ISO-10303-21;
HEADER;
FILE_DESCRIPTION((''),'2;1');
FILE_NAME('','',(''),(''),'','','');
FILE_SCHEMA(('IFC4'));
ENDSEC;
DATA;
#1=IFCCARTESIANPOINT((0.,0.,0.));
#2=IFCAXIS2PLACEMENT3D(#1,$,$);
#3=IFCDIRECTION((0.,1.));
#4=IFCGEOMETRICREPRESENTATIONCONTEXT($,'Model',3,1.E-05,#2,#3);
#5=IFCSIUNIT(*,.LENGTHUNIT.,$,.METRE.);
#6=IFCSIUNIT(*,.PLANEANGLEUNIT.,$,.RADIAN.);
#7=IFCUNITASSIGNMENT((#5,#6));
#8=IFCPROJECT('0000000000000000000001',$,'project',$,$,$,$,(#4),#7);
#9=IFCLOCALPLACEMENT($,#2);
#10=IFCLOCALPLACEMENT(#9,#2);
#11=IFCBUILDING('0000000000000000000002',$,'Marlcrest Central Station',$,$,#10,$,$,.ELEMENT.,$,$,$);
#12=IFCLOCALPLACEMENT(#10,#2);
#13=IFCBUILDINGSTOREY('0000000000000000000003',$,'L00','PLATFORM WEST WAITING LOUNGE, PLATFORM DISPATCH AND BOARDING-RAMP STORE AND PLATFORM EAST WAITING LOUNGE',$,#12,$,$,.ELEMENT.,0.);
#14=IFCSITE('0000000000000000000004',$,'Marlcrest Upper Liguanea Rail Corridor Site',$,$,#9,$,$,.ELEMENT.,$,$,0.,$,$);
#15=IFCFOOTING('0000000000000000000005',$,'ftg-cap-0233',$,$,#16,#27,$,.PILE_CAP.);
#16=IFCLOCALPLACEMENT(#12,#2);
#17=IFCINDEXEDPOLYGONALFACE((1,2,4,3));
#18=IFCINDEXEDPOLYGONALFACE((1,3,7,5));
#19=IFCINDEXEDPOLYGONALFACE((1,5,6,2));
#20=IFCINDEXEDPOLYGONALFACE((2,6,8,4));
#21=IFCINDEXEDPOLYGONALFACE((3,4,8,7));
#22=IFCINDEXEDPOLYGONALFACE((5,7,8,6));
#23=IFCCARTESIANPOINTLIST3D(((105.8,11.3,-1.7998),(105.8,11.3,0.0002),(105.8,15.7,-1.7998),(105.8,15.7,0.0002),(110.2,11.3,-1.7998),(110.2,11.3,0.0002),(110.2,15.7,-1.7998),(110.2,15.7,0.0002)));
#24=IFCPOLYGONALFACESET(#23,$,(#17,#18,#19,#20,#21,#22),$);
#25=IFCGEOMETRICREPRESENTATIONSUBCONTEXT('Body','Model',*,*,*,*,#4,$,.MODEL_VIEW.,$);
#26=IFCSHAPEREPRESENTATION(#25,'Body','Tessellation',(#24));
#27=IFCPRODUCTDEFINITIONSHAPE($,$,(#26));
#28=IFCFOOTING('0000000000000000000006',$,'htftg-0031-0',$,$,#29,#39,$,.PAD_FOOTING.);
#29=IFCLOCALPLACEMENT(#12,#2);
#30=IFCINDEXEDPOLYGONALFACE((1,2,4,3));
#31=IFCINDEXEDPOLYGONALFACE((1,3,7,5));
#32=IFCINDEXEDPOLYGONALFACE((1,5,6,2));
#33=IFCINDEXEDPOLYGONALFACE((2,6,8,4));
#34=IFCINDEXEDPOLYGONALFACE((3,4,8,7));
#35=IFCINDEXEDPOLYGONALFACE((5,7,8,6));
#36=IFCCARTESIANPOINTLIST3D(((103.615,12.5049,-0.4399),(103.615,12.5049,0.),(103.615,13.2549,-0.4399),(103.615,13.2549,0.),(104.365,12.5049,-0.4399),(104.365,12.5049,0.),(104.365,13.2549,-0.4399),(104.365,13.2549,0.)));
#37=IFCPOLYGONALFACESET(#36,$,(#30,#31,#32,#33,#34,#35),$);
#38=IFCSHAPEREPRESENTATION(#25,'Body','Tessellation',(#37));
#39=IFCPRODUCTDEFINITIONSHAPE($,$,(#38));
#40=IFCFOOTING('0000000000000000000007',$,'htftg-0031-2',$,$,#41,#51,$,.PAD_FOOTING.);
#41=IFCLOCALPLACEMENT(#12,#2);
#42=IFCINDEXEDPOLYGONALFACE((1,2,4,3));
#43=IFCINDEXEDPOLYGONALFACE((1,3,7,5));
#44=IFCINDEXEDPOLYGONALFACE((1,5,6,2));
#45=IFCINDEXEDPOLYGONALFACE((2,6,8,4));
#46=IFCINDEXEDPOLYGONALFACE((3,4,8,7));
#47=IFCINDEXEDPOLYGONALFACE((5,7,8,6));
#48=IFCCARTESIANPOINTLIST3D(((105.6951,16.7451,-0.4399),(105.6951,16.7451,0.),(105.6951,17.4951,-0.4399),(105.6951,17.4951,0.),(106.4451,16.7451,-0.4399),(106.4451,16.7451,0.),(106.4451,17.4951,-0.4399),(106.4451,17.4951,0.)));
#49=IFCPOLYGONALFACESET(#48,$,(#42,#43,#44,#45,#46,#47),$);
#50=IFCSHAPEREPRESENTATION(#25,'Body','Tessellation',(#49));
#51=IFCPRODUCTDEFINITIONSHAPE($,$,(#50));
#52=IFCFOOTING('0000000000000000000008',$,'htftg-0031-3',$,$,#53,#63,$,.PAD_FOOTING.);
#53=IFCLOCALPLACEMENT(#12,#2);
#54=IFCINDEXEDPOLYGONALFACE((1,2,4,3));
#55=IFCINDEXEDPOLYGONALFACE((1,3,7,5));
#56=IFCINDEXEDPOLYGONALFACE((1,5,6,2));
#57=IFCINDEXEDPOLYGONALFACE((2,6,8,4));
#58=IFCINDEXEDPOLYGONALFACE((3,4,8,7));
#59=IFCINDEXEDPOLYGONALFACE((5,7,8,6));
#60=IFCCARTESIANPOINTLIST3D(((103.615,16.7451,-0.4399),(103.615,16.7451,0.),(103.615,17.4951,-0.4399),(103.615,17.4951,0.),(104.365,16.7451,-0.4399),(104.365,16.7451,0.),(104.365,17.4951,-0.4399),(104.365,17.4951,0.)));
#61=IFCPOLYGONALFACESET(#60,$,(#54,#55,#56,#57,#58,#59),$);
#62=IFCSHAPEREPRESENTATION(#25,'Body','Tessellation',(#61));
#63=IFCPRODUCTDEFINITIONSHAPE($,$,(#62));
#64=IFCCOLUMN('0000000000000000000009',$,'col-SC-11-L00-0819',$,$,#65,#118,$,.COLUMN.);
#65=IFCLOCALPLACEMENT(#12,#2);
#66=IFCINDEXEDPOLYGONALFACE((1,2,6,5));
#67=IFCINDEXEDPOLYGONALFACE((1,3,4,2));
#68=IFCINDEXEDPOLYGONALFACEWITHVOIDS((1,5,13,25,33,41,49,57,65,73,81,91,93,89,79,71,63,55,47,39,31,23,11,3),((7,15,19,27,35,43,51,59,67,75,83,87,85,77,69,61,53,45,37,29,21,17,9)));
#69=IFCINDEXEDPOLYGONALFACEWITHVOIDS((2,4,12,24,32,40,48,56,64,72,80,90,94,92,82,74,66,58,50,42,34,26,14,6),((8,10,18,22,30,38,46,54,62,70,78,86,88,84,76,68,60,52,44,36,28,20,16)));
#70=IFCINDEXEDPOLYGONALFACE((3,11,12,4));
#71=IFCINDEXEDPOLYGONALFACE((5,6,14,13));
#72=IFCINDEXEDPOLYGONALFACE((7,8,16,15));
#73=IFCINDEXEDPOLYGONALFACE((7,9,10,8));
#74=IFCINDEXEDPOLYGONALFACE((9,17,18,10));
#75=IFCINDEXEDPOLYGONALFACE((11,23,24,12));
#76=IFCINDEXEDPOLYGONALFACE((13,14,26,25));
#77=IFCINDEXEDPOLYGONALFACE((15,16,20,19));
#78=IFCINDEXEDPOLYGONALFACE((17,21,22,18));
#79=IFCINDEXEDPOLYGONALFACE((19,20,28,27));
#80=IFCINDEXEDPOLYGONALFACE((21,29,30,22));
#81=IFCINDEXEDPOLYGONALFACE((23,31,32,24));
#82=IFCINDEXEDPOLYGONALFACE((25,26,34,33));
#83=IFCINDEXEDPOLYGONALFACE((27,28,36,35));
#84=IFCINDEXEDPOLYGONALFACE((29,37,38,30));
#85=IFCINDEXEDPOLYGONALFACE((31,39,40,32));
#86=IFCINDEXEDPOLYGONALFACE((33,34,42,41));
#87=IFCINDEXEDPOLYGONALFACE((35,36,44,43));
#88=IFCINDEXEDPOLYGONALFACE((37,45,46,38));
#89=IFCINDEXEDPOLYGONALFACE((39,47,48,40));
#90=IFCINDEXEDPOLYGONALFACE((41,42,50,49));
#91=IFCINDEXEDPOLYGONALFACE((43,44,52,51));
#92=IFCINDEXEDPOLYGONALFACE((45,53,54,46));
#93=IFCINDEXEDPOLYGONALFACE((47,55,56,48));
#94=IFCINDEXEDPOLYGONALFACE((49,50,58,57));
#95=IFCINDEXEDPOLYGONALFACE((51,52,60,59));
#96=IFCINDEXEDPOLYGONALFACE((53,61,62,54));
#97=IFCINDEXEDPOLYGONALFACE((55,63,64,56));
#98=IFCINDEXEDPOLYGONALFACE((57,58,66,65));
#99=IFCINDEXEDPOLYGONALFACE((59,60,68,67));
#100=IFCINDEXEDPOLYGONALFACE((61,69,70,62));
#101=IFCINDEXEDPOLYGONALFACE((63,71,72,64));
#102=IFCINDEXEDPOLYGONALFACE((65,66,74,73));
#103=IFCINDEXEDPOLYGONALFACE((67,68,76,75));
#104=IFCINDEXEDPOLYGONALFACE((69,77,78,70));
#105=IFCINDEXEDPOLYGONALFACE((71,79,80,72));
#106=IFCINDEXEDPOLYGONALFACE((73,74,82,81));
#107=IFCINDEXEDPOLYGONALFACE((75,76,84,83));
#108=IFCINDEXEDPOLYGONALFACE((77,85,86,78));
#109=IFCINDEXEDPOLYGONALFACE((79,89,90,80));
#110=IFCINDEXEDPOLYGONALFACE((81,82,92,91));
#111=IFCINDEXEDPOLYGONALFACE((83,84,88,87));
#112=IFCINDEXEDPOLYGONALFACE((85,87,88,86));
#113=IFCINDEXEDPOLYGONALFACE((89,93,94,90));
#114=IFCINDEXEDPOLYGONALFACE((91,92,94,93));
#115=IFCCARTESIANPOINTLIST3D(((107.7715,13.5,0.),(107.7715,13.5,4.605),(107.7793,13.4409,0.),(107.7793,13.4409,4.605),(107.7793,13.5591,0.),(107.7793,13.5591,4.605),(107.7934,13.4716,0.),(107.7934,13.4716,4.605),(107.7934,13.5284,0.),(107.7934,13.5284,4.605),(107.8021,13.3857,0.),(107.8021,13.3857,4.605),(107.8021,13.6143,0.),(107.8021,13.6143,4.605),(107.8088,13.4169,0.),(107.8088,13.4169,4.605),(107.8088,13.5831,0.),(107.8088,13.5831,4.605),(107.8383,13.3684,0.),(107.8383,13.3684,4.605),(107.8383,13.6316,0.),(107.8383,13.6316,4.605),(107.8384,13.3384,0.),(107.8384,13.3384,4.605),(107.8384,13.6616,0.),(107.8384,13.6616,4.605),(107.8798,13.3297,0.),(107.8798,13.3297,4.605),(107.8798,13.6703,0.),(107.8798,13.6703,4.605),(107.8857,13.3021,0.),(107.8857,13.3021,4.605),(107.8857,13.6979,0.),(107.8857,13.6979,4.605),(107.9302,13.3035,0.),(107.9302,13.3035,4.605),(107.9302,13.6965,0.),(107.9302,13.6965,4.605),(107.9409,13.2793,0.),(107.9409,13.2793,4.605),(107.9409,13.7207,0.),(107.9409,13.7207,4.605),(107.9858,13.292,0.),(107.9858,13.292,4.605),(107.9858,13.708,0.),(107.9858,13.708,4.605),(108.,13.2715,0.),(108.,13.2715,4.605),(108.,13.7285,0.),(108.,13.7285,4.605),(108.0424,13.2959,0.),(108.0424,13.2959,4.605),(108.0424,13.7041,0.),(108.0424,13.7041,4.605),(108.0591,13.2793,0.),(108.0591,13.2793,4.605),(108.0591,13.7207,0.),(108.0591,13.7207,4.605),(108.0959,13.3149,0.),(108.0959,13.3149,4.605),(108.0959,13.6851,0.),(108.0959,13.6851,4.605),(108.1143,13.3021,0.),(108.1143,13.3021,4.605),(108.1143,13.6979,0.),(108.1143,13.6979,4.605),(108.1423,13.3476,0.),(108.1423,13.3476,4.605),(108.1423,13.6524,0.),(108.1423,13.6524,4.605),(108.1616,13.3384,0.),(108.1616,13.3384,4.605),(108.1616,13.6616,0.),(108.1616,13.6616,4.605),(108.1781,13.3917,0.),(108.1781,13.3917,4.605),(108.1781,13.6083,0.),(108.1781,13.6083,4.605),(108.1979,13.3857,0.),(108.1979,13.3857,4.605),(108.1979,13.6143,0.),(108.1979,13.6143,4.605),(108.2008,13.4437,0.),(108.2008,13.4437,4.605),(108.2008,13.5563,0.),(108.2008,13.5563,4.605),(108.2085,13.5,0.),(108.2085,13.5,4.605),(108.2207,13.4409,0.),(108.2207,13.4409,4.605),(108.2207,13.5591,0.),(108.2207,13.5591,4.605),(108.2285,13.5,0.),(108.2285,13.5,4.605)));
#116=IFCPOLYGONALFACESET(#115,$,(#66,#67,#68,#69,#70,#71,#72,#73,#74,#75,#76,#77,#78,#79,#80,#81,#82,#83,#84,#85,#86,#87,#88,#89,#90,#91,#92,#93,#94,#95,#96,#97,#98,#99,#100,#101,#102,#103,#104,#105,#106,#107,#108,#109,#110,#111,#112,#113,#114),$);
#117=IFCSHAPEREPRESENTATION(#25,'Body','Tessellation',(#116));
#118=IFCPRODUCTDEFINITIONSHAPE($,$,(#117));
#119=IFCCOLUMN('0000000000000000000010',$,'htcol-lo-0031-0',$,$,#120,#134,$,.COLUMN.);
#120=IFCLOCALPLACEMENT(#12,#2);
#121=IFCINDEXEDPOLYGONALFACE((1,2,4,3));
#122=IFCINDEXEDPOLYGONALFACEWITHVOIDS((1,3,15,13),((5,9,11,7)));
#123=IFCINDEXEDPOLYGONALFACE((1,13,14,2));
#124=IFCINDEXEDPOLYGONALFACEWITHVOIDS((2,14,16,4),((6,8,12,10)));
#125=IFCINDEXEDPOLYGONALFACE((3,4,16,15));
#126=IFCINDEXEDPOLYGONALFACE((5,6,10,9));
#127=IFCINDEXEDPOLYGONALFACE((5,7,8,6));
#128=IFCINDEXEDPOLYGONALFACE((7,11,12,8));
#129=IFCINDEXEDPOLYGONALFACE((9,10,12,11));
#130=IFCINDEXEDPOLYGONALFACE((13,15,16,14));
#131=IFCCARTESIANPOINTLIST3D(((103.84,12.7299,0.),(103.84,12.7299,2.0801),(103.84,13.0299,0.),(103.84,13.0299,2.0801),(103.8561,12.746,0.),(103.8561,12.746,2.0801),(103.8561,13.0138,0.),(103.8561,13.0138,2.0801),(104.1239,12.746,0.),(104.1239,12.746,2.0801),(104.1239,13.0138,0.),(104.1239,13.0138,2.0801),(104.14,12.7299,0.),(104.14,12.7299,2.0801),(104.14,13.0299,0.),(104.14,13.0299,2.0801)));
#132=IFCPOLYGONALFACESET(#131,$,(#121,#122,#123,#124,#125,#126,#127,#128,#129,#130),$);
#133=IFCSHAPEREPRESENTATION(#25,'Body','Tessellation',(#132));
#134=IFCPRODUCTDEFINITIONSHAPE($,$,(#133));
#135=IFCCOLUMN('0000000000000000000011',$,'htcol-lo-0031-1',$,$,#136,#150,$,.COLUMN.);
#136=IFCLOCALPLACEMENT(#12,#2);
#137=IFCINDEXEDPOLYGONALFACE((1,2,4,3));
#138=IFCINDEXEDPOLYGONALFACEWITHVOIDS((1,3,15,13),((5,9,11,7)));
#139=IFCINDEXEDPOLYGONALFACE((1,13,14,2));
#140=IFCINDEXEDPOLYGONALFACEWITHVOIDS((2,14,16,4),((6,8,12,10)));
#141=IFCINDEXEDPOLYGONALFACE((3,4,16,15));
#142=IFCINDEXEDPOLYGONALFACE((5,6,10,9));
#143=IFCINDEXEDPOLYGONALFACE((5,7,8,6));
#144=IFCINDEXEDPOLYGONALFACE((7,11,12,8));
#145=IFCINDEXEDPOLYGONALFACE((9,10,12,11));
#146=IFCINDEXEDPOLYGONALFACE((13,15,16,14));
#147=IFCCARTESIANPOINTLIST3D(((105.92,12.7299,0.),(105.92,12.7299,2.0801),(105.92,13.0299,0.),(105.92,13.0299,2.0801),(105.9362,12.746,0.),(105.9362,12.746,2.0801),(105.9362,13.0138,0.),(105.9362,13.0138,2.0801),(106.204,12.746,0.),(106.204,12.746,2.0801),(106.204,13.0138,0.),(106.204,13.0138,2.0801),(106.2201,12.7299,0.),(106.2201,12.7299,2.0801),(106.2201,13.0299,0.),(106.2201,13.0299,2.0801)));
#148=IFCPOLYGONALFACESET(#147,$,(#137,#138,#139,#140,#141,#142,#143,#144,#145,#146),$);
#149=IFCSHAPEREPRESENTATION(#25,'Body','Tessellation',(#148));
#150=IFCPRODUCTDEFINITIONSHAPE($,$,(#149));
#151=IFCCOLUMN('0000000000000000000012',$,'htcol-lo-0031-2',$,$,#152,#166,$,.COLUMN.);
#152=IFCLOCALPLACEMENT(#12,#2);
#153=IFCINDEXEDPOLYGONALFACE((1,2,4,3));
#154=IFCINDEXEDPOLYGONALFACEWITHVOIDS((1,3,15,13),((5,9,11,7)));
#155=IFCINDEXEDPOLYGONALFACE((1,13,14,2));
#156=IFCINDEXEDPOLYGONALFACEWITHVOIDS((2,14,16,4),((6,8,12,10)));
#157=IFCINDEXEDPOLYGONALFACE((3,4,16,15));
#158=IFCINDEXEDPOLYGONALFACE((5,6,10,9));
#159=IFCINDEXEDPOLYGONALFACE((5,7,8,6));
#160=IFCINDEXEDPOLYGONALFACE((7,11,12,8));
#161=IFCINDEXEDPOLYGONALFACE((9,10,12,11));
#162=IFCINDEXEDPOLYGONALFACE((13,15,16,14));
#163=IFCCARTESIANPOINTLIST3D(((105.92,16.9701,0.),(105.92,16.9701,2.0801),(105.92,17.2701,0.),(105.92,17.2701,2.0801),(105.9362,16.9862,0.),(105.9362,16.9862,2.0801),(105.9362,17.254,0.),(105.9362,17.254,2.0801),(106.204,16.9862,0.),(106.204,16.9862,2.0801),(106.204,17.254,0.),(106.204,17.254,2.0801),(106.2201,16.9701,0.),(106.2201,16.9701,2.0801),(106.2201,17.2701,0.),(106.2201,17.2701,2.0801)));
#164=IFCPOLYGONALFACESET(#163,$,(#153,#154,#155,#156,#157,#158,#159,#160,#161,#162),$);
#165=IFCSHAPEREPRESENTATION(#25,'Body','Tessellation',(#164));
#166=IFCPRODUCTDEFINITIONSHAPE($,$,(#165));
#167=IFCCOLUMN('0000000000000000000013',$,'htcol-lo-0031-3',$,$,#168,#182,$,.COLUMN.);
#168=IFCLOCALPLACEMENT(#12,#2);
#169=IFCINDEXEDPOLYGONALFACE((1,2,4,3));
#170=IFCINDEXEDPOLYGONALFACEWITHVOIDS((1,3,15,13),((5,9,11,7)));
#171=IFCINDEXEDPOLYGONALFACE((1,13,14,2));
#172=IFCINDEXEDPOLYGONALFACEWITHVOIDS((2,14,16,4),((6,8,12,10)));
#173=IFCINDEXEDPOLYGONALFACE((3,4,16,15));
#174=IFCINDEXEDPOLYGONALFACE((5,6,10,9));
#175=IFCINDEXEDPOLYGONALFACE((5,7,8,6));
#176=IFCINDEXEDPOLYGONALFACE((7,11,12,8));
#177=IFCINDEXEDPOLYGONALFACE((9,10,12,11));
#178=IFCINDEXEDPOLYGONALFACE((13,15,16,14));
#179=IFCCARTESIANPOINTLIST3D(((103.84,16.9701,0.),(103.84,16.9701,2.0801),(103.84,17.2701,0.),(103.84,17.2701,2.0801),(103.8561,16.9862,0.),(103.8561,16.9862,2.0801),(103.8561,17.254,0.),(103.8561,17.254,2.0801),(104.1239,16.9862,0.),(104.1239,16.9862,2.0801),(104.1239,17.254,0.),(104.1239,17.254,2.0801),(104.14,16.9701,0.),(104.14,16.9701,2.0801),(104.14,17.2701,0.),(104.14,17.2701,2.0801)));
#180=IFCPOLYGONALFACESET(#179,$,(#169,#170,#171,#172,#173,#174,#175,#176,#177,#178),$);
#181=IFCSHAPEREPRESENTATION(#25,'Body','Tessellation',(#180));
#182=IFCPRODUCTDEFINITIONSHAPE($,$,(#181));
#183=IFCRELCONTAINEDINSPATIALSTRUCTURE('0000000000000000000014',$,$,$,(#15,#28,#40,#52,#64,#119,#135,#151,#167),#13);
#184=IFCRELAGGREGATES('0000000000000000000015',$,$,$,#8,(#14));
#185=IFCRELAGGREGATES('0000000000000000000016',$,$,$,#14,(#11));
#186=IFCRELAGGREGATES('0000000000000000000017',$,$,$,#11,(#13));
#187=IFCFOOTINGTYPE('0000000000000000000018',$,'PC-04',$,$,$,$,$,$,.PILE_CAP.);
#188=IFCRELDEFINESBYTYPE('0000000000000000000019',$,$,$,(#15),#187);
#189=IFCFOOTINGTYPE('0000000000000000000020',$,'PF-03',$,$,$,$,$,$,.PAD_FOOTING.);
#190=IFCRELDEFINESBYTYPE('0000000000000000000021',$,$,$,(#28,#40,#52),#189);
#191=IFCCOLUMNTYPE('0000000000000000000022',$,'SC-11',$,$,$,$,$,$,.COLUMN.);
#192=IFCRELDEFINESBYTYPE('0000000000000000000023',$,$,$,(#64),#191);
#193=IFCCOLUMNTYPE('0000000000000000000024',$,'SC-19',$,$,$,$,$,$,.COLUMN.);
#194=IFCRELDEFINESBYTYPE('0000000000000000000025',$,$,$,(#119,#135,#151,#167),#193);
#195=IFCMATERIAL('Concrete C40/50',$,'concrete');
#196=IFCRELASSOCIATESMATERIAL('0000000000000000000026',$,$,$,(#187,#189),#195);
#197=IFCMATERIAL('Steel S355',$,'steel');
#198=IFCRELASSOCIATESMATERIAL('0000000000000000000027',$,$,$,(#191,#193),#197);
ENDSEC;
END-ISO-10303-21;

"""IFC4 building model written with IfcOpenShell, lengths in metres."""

from ifc_helpers import new_model, si_unit, direction, frame, origin, origin_2d, place, context, subcontext, project, spatial, rectangle, hollow_rectangle, hollow_circle, extrude, material, material_profile, profile_set, type_object, element, save


model = new_model("IFC4")

# Units and contexts
model_context = context("Model", 3, precision=1e-05, world=origin(), true_north=direction((0.0, 1.0)))
body_context = subcontext(model_context, "Body", "Model", "MODEL_VIEW")
ifc_project = project(units=[si_unit("LENGTHUNIT", "METRE"), si_unit("PLANEANGLEUNIT", "RADIAN")], contexts=[model_context])

# Site, building, storey
site_placement = place(None, origin())
site = spatial("IfcSite", under=ifc_project, at=site_placement, Name="Marlcrest Upper Liguanea Rail Corridor Site", CompositionType="ELEMENT", RefElevation=0.0)
building_placement = place(site_placement, origin())
building = spatial("IfcBuilding", under=site, at=building_placement, Name="Marlcrest Central Station", CompositionType="ELEMENT")
storey_placement = place(building_placement, origin())
storey = spatial("IfcBuildingStorey", under=building, at=storey_placement, Name="L00", Description="PLATFORM WEST WAITING LOUNGE, PLATFORM DISPATCH AND BOARDING-RAMP STORE AND PLATFORM EAST WAITING LOUNGE", CompositionType="ELEMENT", Elevation=0.0)

# Footings
ifc_material_1 = material(Name="Concrete C40/50", Category="concrete")
footing_type_1 = type_object("IfcFootingType", Name="PC-04", PredefinedType="PILE_CAP", material=ifc_material_1)
footing_placement = place(storey_placement, frame((108.0, 13.5, -1.7998), z_axis=(0.0, 0.0, 1.0), x_axis=(1.0, 0.0, 0.0)))
element("IfcFooting", 1, at=footing_placement, inside=storey, type_object=footing_type_1, Name="ftg-cap-0233", PredefinedType="PILE_CAP", context=body_context, shape_type="SweptSolid", body=[
    extrude(rectangle(XDim=4.3999, YDim=4.3999, at=origin_2d()), origin(), (0.0, 0.0, 1.0), 1.8),
])
footing_type_2 = type_object("IfcFootingType", Name="PF-03", PredefinedType="PAD_FOOTING", material=ifc_material_1)
for number, where, z_axis, x_axis, name in (
    (2, (103.99, 12.8799, -0.4399), (0.0, 0.0, 1.0), (1.0, 0.0, 0.0), "htftg-0031-0"),
    (3, (106.0701, 17.1201, -0.4399), (0.0, 0.0, 1.0), (1.0, 0.0, 0.0), "htftg-0031-2"),
    (4, (103.99, 17.1201, -0.4399), (0.0, 0.0, 1.0), (1.0, 0.0, 0.0), "htftg-0031-3"),
):
    element("IfcFooting", number, at=place(storey_placement, frame(where, z_axis=z_axis, x_axis=x_axis)), inside=storey, type_object=footing_type_2, Name=name, PredefinedType="PAD_FOOTING", context=body_context, shape_type="SweptSolid", body=[
        extrude(rectangle(XDim=0.75, YDim=0.75, at=origin_2d()), origin(), (0.0, 0.0, 1.0), 0.4399),
    ])

# Columns
ifc_material_2 = material(Name="Steel S355", Category="steel")
ifc_material_profile_1 = material_profile(ifc_material_2, hollow_circle(Radius=0.2285, WallThickness=0.02, at=origin_2d()), Name="CHS 457x20")
ifc_profile_set_1 = profile_set([ifc_material_profile_1], Name="Steel S355")
column_type_1 = type_object("IfcColumnType", Name="SC-11", PredefinedType="COLUMN", material=ifc_profile_set_1)
column_placement = place(storey_placement, frame((108.0, 13.5, 0.0), z_axis=(0.0, 0.0, 1.0), x_axis=(1.0, 0.0, 0.0)))
element("IfcColumn", 5, at=column_placement, inside=storey, type_object=column_type_1, Name="col-SC-11-L00-0819", PredefinedType="COLUMN", context=body_context, shape_type="SweptSolid", body=[
    extrude(hollow_circle(Radius=0.2285, WallThickness=0.02, at=origin_2d()), origin(), (0.0, 0.0, 1.0), 4.605),
])
ifc_material_profile_2 = material_profile(ifc_material_2, hollow_rectangle(XDim=0.3, YDim=0.3, WallThickness=0.0161, at=origin_2d()), Name="SHS 300x300x16")
ifc_profile_set_2 = profile_set([ifc_material_profile_2], Name="Steel S355")
column_type_2 = type_object("IfcColumnType", Name="SC-19", PredefinedType="COLUMN", material=ifc_profile_set_2)
for number, where, z_axis, x_axis, name in (
    (6, (103.99, 12.8799, 0.0), (0.0, 0.0, 1.0), (1.0, 0.0, 0.0), "htcol-lo-0031-0"),
    (7, (106.0701, 12.8799, 0.0), (0.0, 0.0, 1.0), (1.0, 0.0, 0.0), "htcol-lo-0031-1"),
    (8, (106.0701, 17.1201, 0.0), (0.0, 0.0, 1.0), (1.0, 0.0, 0.0), "htcol-lo-0031-2"),
    (9, (103.99, 17.1201, 0.0), (0.0, 0.0, 1.0), (1.0, 0.0, 0.0), "htcol-lo-0031-3"),
):
    element("IfcColumn", number, at=place(storey_placement, frame(where, z_axis=z_axis, x_axis=x_axis)), inside=storey, type_object=column_type_2, Name=name, PredefinedType="COLUMN", context=body_context, shape_type="SweptSolid", body=[
        extrude(hollow_rectangle(XDim=0.3, YDim=0.3, WallThickness=0.0161, at=origin_2d()), origin(), (0.0, 0.0, 1.0), 2.0801),
    ])

save(model, "model.ifc")
